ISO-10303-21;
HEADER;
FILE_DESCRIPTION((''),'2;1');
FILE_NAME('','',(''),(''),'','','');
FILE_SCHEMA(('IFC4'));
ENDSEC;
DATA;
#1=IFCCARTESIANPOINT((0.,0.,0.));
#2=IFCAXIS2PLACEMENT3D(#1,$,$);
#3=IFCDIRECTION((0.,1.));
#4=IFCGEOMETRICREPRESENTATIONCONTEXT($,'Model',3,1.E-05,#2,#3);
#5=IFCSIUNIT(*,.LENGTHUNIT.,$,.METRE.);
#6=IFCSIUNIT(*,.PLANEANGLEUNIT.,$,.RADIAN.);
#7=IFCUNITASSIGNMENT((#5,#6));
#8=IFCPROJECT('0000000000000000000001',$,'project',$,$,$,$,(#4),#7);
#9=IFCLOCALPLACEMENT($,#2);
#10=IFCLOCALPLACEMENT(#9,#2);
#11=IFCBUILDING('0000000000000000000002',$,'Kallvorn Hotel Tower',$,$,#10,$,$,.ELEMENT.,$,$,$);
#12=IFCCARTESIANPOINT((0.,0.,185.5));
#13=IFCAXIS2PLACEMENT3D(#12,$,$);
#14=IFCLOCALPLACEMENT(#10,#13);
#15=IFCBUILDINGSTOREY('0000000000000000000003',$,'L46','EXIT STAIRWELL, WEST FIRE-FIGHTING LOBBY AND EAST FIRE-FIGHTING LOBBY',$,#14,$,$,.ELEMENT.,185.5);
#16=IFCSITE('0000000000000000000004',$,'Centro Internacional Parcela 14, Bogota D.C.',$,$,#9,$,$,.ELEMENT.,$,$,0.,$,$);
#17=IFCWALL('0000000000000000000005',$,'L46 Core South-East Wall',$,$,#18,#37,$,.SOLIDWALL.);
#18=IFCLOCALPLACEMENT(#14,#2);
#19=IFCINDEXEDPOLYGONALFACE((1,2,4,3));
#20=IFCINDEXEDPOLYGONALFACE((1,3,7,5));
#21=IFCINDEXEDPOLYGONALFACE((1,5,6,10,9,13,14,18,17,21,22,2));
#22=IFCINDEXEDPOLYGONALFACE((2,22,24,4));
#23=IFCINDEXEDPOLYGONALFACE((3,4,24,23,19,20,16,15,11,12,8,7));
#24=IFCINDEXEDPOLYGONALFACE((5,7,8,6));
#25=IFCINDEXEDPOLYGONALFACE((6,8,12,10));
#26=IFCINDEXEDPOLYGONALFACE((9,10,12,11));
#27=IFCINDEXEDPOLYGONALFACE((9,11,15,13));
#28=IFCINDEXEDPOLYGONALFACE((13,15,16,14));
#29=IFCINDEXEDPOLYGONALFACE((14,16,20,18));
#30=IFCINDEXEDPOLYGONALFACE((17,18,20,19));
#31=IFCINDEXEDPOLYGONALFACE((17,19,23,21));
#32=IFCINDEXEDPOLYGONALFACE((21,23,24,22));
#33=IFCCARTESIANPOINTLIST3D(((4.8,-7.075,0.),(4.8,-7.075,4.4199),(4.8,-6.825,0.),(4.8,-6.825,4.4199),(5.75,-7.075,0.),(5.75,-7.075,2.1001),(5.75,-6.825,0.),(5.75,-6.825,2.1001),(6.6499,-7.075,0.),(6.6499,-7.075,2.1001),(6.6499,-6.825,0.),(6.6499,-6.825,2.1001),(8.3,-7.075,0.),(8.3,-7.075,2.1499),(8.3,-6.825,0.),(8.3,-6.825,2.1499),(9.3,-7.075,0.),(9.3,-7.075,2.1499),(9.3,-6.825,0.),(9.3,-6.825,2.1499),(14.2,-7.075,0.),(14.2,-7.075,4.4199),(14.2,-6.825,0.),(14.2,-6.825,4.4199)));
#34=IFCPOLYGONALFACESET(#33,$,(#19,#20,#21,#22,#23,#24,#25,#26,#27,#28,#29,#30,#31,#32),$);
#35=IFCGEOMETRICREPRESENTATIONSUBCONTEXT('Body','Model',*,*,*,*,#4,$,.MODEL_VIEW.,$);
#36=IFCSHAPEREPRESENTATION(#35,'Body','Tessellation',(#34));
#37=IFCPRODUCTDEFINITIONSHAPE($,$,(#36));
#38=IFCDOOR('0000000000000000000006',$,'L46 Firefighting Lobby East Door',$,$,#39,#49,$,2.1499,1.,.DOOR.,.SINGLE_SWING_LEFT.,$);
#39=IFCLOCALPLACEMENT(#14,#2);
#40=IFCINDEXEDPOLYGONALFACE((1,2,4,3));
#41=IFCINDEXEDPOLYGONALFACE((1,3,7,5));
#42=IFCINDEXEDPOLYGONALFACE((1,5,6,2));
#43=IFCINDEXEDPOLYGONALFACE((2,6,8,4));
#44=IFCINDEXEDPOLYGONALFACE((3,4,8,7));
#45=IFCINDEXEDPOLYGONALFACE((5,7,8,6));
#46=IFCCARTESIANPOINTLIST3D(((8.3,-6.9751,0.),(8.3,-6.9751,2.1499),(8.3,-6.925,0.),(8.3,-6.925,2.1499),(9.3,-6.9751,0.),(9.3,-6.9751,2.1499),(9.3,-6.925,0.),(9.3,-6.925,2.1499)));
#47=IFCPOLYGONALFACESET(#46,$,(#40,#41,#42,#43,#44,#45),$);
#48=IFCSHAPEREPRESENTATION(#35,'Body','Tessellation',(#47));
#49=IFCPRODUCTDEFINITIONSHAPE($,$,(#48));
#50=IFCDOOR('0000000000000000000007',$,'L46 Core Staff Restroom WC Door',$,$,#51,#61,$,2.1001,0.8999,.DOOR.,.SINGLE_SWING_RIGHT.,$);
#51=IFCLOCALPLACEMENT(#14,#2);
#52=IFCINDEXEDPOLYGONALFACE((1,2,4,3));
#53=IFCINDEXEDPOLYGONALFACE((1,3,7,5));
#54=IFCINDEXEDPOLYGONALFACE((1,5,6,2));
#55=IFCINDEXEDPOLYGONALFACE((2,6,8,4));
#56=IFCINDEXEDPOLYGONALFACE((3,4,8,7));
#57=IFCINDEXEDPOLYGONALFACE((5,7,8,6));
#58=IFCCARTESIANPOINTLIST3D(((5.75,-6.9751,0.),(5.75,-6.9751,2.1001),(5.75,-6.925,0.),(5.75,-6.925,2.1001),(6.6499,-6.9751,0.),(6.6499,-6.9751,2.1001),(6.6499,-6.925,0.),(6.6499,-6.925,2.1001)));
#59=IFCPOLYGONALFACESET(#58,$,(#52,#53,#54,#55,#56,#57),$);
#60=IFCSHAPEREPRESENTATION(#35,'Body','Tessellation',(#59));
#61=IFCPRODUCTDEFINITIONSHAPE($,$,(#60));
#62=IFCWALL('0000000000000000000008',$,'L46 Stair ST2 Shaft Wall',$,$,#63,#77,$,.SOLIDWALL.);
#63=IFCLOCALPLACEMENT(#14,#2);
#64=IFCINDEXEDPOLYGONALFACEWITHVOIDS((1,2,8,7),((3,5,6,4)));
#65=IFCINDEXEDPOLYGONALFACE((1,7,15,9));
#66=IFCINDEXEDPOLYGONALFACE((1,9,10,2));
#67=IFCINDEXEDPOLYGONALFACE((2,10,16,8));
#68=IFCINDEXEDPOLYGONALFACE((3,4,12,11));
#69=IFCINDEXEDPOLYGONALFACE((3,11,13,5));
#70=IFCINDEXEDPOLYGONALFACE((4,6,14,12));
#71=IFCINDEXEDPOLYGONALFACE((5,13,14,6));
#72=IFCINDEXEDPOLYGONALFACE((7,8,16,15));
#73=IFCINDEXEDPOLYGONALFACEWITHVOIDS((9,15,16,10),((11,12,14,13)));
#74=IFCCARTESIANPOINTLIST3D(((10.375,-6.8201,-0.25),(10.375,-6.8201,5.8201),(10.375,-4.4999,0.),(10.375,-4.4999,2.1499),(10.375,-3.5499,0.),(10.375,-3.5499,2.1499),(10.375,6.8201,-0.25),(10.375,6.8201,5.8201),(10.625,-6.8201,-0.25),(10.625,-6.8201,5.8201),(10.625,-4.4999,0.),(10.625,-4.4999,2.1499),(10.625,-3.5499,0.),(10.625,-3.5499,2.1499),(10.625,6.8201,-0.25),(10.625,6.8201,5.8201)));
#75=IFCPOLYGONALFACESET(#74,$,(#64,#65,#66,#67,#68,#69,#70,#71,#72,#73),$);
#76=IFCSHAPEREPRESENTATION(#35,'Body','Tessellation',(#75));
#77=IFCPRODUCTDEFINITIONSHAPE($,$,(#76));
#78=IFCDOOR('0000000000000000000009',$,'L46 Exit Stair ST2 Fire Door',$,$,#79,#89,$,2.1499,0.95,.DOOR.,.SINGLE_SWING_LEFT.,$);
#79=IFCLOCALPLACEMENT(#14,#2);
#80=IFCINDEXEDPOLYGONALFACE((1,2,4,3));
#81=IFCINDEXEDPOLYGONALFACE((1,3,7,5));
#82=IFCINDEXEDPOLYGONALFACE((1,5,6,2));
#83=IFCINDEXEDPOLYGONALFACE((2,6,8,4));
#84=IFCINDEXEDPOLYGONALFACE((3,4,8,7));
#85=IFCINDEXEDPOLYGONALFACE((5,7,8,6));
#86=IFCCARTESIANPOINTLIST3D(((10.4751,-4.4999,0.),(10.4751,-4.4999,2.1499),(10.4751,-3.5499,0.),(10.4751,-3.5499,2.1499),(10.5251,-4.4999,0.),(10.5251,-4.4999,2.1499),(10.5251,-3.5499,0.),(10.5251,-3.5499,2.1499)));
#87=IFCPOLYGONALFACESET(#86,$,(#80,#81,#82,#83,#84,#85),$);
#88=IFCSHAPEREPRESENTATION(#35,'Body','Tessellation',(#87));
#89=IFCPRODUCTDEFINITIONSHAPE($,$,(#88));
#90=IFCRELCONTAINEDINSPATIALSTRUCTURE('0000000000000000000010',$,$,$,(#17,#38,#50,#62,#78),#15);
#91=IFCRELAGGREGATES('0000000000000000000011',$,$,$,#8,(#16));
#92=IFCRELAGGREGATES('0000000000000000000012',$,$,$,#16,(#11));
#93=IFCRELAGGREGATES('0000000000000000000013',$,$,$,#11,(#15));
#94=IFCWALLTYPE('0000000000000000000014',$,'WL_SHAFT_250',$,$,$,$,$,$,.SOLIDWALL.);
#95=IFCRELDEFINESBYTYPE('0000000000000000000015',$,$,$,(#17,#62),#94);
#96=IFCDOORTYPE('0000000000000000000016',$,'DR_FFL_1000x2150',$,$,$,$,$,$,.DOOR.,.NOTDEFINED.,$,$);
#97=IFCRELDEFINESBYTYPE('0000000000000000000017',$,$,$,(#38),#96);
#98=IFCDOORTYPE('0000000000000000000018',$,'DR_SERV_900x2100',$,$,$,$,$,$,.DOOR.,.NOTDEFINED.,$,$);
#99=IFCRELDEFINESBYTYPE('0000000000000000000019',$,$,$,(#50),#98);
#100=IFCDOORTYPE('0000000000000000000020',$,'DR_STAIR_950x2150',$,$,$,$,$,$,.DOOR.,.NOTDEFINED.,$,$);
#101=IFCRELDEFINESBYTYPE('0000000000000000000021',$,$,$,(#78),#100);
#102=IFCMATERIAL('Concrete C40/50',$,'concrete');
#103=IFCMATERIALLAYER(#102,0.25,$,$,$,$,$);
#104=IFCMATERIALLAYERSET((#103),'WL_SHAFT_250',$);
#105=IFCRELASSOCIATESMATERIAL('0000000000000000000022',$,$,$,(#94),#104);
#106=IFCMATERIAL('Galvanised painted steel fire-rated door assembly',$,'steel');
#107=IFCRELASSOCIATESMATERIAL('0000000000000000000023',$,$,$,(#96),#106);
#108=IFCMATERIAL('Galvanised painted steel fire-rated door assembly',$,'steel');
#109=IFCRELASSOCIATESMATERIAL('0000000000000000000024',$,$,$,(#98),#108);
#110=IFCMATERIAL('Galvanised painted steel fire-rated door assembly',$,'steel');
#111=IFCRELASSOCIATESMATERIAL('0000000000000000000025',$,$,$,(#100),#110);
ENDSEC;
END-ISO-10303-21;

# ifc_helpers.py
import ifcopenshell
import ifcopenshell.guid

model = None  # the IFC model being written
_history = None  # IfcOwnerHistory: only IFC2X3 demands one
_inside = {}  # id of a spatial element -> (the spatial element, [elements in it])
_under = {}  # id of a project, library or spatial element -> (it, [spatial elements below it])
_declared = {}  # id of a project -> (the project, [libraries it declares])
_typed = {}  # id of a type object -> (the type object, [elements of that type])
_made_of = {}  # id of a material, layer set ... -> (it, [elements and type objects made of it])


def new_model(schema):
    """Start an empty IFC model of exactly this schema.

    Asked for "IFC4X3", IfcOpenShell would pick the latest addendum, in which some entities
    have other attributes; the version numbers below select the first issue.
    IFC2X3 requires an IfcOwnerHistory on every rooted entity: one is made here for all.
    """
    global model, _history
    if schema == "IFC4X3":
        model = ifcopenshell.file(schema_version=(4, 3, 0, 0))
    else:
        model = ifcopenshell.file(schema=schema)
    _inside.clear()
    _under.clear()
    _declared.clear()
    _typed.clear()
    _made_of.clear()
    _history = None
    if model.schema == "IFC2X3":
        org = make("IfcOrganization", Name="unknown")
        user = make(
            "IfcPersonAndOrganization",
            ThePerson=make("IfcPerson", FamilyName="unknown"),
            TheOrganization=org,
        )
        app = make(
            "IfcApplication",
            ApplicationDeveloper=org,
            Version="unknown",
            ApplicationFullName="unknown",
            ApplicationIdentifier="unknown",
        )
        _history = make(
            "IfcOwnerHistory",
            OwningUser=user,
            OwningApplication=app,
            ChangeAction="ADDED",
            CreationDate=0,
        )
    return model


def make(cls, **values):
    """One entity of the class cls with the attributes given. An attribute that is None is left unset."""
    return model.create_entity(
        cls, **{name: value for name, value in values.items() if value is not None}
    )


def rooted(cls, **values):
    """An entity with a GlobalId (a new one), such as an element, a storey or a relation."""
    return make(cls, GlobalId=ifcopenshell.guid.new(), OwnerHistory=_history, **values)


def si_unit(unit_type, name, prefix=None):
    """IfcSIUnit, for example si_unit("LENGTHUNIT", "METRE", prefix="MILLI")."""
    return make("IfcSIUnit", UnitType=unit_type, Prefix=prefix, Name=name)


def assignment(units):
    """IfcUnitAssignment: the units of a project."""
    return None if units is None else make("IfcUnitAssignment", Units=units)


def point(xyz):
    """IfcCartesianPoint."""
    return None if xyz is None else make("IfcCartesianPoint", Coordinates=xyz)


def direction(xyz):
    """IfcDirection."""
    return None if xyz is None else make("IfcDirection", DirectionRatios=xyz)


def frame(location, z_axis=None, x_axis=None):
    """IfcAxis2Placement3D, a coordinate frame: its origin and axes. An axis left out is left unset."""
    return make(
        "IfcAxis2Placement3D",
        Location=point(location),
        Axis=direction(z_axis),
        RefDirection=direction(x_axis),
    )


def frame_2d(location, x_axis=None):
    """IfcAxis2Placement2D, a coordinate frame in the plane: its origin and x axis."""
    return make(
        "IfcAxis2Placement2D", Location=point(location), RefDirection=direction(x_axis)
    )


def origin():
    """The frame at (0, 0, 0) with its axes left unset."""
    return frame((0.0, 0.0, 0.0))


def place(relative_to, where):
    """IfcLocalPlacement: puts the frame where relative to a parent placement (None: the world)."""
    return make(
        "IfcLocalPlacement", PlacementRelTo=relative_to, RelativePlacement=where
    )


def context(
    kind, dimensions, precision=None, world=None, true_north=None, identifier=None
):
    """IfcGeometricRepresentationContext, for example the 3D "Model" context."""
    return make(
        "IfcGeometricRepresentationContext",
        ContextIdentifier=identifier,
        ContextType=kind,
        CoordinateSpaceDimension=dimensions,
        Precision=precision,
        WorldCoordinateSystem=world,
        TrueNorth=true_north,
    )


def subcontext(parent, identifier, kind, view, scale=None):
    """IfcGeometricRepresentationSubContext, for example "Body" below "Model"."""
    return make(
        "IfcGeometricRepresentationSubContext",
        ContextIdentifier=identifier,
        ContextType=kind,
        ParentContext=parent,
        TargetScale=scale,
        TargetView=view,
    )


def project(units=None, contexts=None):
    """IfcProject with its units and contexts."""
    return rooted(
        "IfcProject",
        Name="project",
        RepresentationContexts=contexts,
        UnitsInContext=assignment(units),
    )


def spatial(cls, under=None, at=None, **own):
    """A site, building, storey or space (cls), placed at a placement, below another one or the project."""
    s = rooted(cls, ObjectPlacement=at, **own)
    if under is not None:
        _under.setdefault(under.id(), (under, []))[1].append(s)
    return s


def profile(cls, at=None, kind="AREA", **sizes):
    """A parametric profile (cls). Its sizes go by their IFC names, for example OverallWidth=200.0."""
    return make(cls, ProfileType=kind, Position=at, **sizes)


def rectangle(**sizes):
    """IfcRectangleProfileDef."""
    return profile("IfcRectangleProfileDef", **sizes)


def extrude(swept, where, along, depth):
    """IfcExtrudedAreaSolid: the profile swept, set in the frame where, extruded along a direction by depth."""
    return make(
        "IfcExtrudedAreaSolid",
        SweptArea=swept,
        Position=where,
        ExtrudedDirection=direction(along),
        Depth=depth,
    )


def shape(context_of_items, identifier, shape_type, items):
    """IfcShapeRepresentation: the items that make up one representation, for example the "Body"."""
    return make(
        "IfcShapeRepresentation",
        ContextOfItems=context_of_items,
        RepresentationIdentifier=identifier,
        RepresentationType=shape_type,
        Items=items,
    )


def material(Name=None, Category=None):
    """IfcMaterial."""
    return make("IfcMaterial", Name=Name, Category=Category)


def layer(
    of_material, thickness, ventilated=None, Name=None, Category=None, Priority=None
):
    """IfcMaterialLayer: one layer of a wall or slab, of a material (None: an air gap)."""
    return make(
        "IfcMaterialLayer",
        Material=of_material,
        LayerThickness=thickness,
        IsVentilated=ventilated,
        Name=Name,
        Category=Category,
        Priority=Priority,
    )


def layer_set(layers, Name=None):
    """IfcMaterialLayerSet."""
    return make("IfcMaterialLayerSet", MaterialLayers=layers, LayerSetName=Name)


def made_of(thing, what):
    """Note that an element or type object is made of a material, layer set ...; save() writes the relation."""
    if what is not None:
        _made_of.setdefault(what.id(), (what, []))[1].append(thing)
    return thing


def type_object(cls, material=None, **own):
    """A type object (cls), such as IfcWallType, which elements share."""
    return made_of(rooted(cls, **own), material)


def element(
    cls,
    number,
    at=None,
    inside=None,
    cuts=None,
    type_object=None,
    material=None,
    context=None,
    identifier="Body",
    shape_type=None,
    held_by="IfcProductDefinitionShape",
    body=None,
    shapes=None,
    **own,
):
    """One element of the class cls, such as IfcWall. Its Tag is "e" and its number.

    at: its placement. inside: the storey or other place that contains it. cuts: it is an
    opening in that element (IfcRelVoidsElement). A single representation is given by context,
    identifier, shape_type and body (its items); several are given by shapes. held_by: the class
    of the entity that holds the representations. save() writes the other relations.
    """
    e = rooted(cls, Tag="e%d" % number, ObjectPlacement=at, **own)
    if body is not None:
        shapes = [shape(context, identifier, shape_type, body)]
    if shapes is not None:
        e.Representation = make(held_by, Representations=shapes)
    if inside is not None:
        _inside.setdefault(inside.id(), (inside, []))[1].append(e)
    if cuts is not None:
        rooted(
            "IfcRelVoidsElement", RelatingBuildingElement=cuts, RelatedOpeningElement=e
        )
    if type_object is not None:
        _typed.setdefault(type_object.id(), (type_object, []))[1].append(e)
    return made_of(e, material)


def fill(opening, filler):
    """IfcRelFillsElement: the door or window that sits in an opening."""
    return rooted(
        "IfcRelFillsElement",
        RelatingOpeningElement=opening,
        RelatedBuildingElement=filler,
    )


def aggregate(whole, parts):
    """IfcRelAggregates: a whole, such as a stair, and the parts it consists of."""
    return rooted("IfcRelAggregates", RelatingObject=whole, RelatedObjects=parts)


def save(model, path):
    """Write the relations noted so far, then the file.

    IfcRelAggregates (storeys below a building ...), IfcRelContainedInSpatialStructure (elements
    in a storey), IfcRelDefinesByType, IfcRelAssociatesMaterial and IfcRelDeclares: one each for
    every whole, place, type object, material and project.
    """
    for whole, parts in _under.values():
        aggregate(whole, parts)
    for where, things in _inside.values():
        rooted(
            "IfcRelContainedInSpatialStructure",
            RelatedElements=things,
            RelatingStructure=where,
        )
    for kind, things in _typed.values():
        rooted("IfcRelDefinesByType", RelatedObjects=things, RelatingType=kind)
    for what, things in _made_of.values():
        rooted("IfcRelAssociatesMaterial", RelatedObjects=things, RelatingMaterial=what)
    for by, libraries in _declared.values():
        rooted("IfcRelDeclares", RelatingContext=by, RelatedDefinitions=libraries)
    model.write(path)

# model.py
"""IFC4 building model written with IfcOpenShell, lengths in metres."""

from ifc_helpers import new_model, si_unit, direction, frame, frame_2d, origin, place, context, subcontext, project, spatial, rectangle, extrude, material, layer, layer_set, type_object, element, fill, save


model = new_model("IFC4")

# Units and contexts
model_context = context("Model", 3, precision=1e-05, world=origin(), true_north=direction((0.0, 1.0)))
body_context = subcontext(model_context, "Body", "Model", "MODEL_VIEW")
ifc_project = project(units=[si_unit("LENGTHUNIT", "METRE"), si_unit("PLANEANGLEUNIT", "RADIAN")], contexts=[model_context])

# Site, building, storey
site_placement = place(None, origin())
site = spatial("IfcSite", under=ifc_project, at=site_placement, Name="Centro Internacional Parcela 14, Bogota D.C.", CompositionType="ELEMENT", RefElevation=0.0)
building_placement = place(site_placement, origin())
building = spatial("IfcBuilding", under=site, at=building_placement, Name="Kallvorn Hotel Tower", CompositionType="ELEMENT")
storey_placement = place(building_placement, frame((0.0, 0.0, 185.5)))
storey = spatial("IfcBuildingStorey", under=building, at=storey_placement, Name="L46", Description="EXIT STAIRWELL, WEST FIRE-FIGHTING LOBBY AND EAST FIRE-FIGHTING LOBBY", CompositionType="ELEMENT", Elevation=185.5)

# Wall, openings, doors
ifc_material_1 = material(Name="Concrete C40/50", Category="concrete")
ifc_layer_1 = layer(ifc_material_1, 0.25)
ifc_layer_set_1 = layer_set([ifc_layer_1], Name="WL_SHAFT_250")
wall_type_1 = type_object("IfcWallType", Name="WL_SHAFT_250", PredefinedType="SOLIDWALL", material=ifc_layer_set_1)
wall_1_placement = place(storey_placement, frame((4.8, -6.95, 0.0), z_axis=(0.0, 0.0, 1.0), x_axis=(1.0, 0.0, 0.0)))
wall_1 = element("IfcWall", 1, at=wall_1_placement, inside=storey, type_object=wall_type_1, Name="L46 Core South-East Wall", PredefinedType="SOLIDWALL", context=body_context, shape_type="SweptSolid", body=[
    extrude(rectangle(XDim=9.3999, YDim=0.25, at=frame_2d((4.7, 0.0))), origin(), (0.0, 0.0, 1.0), 4.4199),
])
opening_1_placement = place(wall_1_placement, frame((3.5, 0.0, 0.0)))
opening_1 = element("IfcOpeningElement", 2, at=opening_1_placement, cuts=wall_1, PredefinedType="OPENING", context=body_context, shape_type="SweptSolid", body=[
    extrude(rectangle(XDim=1.0, YDim=2.1499, at=frame_2d((0.5, 1.075))), frame((0.0, 0.1399, 0.0), z_axis=(0.0, -1.0, 0.0), x_axis=(1.0, 0.0, 0.0)), (0.0, 0.0, 1.0), 0.28),
])
opening_2_placement = place(wall_1_placement, frame((0.95, 0.0, 0.0)))
opening_2 = element("IfcOpeningElement", 3, at=opening_2_placement, cuts=wall_1, PredefinedType="OPENING", context=body_context, shape_type="SweptSolid", body=[
    extrude(rectangle(XDim=0.8999, YDim=2.1001, at=frame_2d((0.45, 1.05))), frame((0.0, 0.1399, 0.0), z_axis=(0.0, -1.0, 0.0), x_axis=(1.0, 0.0, 0.0)), (0.0, 0.0, 1.0), 0.28),
])
ifc_material_2 = material(Name="Galvanised painted steel fire-rated door assembly", Category="steel")
door_type_1 = type_object("IfcDoorType", Name="DR_FFL_1000x2150", OperationType="NOTDEFINED", PredefinedType="DOOR", material=ifc_material_2)
door_1_placement = place(opening_1_placement, origin())
door_1 = element("IfcDoor", 4, at=door_1_placement, inside=storey, type_object=door_type_1, Name="L46 Firefighting Lobby East Door", OperationType="SINGLE_SWING_LEFT", OverallHeight=2.1499, OverallWidth=1.0, PredefinedType="DOOR", context=body_context, shape_type="SweptSolid", body=[
    extrude(rectangle(XDim=1.0, YDim=2.1499, at=frame_2d((0.5, 1.075))), frame((0.0, 0.0249, 0.0), z_axis=(0.0, -1.0, 0.0), x_axis=(1.0, 0.0, 0.0)), (0.0, 0.0, 1.0), 0.05),
])
fill(opening_1, door_1)
ifc_material_3 = material(Name="Galvanised painted steel fire-rated door assembly", Category="steel")
door_type_2 = type_object("IfcDoorType", Name="DR_SERV_900x2100", OperationType="NOTDEFINED", PredefinedType="DOOR", material=ifc_material_3)
door_2_placement = place(opening_2_placement, origin())
door_2 = element("IfcDoor", 5, at=door_2_placement, inside=storey, type_object=door_type_2, Name="L46 Core Staff Restroom WC Door", OperationType="SINGLE_SWING_RIGHT", OverallHeight=2.1001, OverallWidth=0.8999, PredefinedType="DOOR", context=body_context, shape_type="SweptSolid", body=[
    extrude(rectangle(XDim=0.8999, YDim=2.1001, at=frame_2d((0.45, 1.05))), frame((0.0, 0.0249, 0.0), z_axis=(0.0, -1.0, 0.0), x_axis=(1.0, 0.0, 0.0)), (0.0, 0.0, 1.0), 0.05),
])
fill(opening_2, door_2)

# Wall, opening, door
wall_2_placement = place(storey_placement, frame((10.5, -6.8201, -0.25), z_axis=(0.0, 0.0, 1.0), x_axis=(0.0, 1.0, 0.0)))
wall_2 = element("IfcWall", 6, at=wall_2_placement, inside=storey, type_object=wall_type_1, Name="L46 Stair ST2 Shaft Wall", PredefinedType="SOLIDWALL", context=body_context, shape_type="SweptSolid", body=[
    extrude(rectangle(XDim=13.6401, YDim=0.25, at=frame_2d((6.8201, 0.0))), origin(), (0.0, 0.0, 1.0), 6.0701),
])
opening_3_placement = place(wall_2_placement, frame((2.3201, 0.0, 0.25)))
opening_3 = element("IfcOpeningElement", 7, at=opening_3_placement, cuts=wall_2, PredefinedType="OPENING", context=body_context, shape_type="SweptSolid", body=[
    extrude(rectangle(XDim=0.95, YDim=2.1499, at=frame_2d((0.4751, 1.075))), frame((0.0, 0.1399, 0.0), z_axis=(0.0, -1.0, 0.0), x_axis=(1.0, 0.0, 0.0)), (0.0, 0.0, 1.0), 0.28),
])
ifc_material_4 = material(Name="Galvanised painted steel fire-rated door assembly", Category="steel")
door_type_3 = type_object("IfcDoorType", Name="DR_STAIR_950x2150", OperationType="NOTDEFINED", PredefinedType="DOOR", material=ifc_material_4)
door_3_placement = place(opening_3_placement, origin())
door_3 = element("IfcDoor", 8, at=door_3_placement, inside=storey, type_object=door_type_3, Name="L46 Exit Stair ST2 Fire Door", OperationType="SINGLE_SWING_LEFT", OverallHeight=2.1499, OverallWidth=0.95, PredefinedType="DOOR", context=body_context, shape_type="SweptSolid", body=[
    extrude(rectangle(XDim=0.95, YDim=2.1499, at=frame_2d((0.4751, 1.075))), frame((0.0, 0.0249, 0.0), z_axis=(0.0, -1.0, 0.0), x_axis=(1.0, 0.0, 0.0)), (0.0, 0.0, 1.0), 0.05),
])
fill(opening_3, door_3)

save(model, "model.ifc")
